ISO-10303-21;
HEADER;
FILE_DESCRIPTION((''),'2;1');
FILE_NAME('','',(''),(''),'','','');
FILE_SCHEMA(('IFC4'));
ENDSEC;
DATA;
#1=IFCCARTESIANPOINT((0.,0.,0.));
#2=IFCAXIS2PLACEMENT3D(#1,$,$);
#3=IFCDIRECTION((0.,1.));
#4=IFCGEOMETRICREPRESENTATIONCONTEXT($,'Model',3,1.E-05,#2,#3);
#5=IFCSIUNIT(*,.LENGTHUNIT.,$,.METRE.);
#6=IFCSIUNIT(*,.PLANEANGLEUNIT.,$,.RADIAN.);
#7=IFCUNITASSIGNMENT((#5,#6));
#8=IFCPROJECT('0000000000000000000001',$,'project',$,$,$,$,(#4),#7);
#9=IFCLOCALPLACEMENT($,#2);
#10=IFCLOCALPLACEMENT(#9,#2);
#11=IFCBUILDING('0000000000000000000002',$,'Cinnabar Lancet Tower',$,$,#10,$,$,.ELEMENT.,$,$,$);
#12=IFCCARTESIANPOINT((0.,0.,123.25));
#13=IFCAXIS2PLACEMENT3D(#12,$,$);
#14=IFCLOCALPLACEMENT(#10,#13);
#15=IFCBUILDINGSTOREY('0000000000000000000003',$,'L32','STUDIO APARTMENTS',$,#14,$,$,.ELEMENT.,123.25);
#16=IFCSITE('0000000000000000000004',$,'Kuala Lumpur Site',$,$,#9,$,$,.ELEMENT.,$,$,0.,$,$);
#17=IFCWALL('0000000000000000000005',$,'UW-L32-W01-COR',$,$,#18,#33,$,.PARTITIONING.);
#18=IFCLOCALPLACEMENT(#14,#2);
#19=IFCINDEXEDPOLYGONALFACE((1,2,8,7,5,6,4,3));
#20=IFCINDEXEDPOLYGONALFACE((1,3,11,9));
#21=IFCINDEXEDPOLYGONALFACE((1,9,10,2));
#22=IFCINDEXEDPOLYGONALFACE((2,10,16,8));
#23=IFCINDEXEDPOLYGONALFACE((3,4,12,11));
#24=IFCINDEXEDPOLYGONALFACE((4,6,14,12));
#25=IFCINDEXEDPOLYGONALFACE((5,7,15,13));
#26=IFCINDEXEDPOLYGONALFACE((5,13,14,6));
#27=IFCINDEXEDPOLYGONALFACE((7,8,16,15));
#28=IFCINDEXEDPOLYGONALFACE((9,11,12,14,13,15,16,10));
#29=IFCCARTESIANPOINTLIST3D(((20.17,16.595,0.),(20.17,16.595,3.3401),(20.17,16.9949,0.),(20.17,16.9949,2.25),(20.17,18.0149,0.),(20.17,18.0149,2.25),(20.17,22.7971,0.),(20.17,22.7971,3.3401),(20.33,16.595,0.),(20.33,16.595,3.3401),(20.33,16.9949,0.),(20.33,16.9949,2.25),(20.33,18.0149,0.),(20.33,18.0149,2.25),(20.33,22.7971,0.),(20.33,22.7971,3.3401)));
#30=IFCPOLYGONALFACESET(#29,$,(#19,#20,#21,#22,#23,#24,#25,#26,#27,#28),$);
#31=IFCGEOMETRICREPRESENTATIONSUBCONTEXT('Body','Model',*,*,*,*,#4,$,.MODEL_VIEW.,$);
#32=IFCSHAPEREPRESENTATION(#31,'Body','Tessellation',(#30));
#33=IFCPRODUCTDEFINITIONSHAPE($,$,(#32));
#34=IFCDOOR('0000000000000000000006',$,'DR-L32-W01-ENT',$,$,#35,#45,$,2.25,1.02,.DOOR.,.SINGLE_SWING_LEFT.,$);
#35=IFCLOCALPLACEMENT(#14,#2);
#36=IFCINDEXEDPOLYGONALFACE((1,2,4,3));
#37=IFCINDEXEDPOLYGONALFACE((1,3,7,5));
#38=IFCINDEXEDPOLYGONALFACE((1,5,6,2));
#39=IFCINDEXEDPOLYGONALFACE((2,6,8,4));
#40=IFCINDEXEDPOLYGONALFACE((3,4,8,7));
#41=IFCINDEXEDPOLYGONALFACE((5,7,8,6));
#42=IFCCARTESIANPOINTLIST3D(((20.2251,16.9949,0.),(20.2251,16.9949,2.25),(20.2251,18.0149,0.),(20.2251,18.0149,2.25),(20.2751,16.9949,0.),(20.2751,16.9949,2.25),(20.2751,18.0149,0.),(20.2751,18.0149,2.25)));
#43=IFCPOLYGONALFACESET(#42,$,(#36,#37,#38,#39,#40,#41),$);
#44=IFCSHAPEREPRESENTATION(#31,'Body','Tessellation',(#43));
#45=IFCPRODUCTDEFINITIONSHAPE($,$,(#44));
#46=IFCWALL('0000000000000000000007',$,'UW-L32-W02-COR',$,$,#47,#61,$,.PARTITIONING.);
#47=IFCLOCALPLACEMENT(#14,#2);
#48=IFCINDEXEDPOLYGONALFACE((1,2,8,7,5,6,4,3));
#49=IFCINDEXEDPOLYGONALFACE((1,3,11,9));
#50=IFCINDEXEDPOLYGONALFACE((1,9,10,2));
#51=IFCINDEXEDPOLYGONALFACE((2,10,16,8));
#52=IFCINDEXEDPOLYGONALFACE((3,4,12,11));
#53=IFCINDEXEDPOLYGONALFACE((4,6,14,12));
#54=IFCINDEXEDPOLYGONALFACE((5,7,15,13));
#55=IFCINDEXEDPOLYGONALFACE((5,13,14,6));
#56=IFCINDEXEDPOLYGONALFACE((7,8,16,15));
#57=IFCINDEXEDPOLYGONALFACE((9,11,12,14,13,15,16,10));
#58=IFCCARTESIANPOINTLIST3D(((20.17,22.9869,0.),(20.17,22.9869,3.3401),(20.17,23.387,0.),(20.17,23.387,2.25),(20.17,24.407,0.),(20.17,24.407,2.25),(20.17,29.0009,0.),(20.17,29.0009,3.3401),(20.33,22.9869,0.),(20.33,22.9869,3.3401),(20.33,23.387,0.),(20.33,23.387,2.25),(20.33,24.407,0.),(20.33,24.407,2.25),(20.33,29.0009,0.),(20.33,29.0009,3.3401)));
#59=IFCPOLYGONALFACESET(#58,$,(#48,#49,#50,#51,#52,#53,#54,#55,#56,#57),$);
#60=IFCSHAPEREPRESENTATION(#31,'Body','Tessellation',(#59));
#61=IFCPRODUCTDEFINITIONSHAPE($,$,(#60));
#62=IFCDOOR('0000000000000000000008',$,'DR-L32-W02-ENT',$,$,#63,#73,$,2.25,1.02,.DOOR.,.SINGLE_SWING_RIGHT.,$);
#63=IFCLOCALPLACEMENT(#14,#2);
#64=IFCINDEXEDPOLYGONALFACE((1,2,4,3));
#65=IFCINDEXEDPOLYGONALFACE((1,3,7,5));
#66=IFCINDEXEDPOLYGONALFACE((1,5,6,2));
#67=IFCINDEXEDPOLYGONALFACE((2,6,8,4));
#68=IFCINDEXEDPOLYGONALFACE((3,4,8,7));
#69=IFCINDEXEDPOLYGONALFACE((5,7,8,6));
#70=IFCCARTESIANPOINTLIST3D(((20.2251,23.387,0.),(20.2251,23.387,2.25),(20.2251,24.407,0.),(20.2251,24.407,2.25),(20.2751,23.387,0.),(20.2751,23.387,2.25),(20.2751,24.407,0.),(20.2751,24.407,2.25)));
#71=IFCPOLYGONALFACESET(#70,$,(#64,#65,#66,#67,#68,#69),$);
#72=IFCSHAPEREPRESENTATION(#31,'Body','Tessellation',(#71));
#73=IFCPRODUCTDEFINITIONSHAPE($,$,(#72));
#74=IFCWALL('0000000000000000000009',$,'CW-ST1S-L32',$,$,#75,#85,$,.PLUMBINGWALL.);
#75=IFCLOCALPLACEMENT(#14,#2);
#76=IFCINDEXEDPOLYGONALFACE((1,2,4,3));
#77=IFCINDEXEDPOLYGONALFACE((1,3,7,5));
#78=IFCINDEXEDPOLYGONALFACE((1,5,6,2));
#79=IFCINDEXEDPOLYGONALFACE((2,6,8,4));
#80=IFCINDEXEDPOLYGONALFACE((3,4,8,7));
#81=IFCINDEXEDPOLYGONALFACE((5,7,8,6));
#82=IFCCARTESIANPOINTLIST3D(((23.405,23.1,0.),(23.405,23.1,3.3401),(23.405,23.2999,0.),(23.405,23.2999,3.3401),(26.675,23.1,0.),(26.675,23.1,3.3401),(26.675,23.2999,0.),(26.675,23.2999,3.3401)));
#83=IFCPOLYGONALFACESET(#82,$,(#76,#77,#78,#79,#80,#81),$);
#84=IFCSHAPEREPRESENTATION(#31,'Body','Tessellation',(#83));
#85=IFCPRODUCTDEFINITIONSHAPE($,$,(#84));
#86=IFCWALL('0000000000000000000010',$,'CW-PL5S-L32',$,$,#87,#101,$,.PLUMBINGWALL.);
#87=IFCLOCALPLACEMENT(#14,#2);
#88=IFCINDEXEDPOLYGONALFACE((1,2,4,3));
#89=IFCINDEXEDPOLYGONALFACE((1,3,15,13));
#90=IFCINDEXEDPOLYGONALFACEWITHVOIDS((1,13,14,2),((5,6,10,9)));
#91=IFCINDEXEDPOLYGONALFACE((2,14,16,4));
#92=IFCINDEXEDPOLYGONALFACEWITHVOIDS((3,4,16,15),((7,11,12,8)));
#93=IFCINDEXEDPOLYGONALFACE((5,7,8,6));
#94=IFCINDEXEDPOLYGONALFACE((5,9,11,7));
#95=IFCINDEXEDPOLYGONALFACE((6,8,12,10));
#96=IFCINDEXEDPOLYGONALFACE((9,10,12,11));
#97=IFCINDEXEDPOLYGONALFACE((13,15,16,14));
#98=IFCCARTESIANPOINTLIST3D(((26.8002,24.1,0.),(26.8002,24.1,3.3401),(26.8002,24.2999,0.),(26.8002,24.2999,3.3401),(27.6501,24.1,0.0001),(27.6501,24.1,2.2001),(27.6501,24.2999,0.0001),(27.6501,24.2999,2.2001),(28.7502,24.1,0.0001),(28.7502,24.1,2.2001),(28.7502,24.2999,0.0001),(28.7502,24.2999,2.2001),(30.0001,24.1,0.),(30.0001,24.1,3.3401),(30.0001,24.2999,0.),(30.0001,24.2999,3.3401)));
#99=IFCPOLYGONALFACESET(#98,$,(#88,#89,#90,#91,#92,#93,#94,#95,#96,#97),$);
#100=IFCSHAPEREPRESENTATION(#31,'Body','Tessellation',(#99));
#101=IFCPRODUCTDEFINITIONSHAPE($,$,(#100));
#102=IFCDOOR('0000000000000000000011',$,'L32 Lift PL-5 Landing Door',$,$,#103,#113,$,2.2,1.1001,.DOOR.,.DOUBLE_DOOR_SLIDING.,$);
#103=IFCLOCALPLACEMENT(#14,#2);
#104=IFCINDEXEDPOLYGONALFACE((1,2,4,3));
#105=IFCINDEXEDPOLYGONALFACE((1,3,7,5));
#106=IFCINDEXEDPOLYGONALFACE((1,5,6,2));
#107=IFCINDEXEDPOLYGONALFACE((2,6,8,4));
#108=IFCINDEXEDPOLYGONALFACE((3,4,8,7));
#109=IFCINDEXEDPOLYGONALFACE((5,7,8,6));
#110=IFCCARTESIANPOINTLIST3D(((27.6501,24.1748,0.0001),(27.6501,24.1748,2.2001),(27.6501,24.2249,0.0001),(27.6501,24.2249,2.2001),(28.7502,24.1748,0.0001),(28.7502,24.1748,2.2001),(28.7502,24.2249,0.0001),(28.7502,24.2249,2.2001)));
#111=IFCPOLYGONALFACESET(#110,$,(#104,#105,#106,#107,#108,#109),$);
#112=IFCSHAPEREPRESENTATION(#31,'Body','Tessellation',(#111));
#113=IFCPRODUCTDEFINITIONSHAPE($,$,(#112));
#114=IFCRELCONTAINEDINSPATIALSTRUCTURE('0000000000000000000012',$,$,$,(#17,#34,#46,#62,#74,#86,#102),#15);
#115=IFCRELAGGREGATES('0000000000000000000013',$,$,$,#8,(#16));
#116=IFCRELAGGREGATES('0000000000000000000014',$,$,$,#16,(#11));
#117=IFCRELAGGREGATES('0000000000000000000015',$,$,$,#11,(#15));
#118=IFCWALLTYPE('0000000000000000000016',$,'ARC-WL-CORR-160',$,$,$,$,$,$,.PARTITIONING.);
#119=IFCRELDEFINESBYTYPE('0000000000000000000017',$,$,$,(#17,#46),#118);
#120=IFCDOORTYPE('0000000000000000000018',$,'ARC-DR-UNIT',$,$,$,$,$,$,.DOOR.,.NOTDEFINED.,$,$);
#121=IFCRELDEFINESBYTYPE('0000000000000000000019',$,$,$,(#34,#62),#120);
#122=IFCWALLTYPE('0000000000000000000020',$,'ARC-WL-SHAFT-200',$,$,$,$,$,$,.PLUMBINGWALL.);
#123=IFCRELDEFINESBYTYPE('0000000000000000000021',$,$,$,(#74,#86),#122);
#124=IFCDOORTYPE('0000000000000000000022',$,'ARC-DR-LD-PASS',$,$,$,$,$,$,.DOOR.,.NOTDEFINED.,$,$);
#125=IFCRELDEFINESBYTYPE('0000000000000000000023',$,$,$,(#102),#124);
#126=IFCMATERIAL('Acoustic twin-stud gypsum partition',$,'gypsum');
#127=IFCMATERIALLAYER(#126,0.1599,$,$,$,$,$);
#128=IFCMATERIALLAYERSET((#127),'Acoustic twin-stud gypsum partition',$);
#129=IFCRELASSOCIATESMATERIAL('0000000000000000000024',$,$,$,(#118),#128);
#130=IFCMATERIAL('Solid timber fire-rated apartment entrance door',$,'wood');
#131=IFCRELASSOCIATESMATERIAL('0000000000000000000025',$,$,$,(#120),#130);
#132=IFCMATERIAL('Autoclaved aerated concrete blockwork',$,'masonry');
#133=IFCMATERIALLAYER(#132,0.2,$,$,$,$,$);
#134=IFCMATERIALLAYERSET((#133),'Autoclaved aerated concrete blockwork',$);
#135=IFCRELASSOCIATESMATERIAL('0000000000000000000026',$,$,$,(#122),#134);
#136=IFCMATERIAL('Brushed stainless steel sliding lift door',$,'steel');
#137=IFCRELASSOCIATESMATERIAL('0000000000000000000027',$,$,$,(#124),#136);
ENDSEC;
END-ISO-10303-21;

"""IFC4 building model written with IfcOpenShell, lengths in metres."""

from ifc_helpers import new_model, si_unit, direction, frame, frame_2d, origin, place, context, subcontext, project, spatial, rectangle, extrude, material, layer, layer_set, type_object, element, fill, save


model = new_model("IFC4")

# Units and contexts
model_context = context("Model", 3, precision=1e-05, world=origin(), true_north=direction((0.0, 1.0)))
body_context = subcontext(model_context, "Body", "Model", "MODEL_VIEW")
ifc_project = project(units=[si_unit("LENGTHUNIT", "METRE"), si_unit("PLANEANGLEUNIT", "RADIAN")], contexts=[model_context])

# Site, building, storey
site_placement = place(None, origin())
site = spatial("IfcSite", under=ifc_project, at=site_placement, Name="Kuala Lumpur Site", CompositionType="ELEMENT", RefElevation=0.0)
building_placement = place(site_placement, origin())
building = spatial("IfcBuilding", under=site, at=building_placement, Name="Cinnabar Lancet Tower", CompositionType="ELEMENT")
storey_placement = place(building_placement, frame((0.0, 0.0, 123.25)))
storey = spatial("IfcBuildingStorey", under=building, at=storey_placement, Name="L32", Description="STUDIO APARTMENTS", CompositionType="ELEMENT", Elevation=123.25)

# Walls, openings, doors
ifc_material_1 = material(Name="Acoustic twin-stud gypsum partition", Category="gypsum")
ifc_layer_1 = layer(ifc_material_1, 0.1599)
ifc_layer_set_1 = layer_set([ifc_layer_1], Name="Acoustic twin-stud gypsum partition")
wall_type_1 = type_object("IfcWallType", Name="ARC-WL-CORR-160", PredefinedType="PARTITIONING", material=ifc_layer_set_1)
wall_1_placement = place(storey_placement, frame((20.25, 16.595, 0.0), z_axis=(0.0, 0.0, 1.0), x_axis=(0.0, 1.0, 0.0)))
wall_1 = element("IfcWall", 1, at=wall_1_placement, inside=storey, type_object=wall_type_1, Name="UW-L32-W01-COR", PredefinedType="PARTITIONING", context=body_context, shape_type="SweptSolid", body=[
    extrude(rectangle(XDim=6.2021, YDim=0.1599, at=frame_2d((3.1011, 0.0))), origin(), (0.0, 0.0, 1.0), 3.3401),
])
opening_1_placement = place(wall_1_placement, frame((0.3999, 0.0, 0.0)))
opening_1 = element("IfcOpeningElement", 2, at=opening_1_placement, cuts=wall_1, PredefinedType="OPENING", context=body_context, shape_type="SweptSolid", body=[
    extrude(rectangle(XDim=1.02, YDim=2.25, at=frame_2d((0.51, 1.125))), frame((0.0, 0.0898, 0.0), z_axis=(0.0, -1.0, 0.0), x_axis=(1.0, 0.0, 0.0)), (0.0, 0.0, 1.0), 0.1799),
])
ifc_material_2 = material(Name="Solid timber fire-rated apartment entrance door", Category="wood")
door_type_1 = type_object("IfcDoorType", Name="ARC-DR-UNIT", OperationType="NOTDEFINED", PredefinedType="DOOR", material=ifc_material_2)
door_1_placement = place(opening_1_placement, origin())
door_1 = element("IfcDoor", 3, at=door_1_placement, inside=storey, type_object=door_type_1, Name="DR-L32-W01-ENT", OperationType="SINGLE_SWING_LEFT", OverallHeight=2.25, OverallWidth=1.02, PredefinedType="DOOR", context=body_context, shape_type="SweptSolid", body=[
    extrude(rectangle(XDim=1.02, YDim=2.25, at=frame_2d((0.51, 1.125))), frame((0.0, 0.0249, 0.0), z_axis=(0.0, -1.0, 0.0), x_axis=(1.0, 0.0, 0.0)), (0.0, 0.0, 1.0), 0.05),
])
fill(opening_1, door_1)
wall_2_placement = place(storey_placement, frame((20.25, 22.9871, 0.0), z_axis=(0.0, 0.0, 1.0), x_axis=(0.0, 1.0, 0.0)))
wall_2 = element("IfcWall", 4, at=wall_2_placement, inside=storey, type_object=wall_type_1, Name="UW-L32-W02-COR", PredefinedType="PARTITIONING", context=body_context, shape_type="SweptSolid", body=[
    extrude(rectangle(XDim=6.0139, YDim=0.1599, at=frame_2d((3.0068, 0.0))), origin(), (0.0, 0.0, 1.0), 3.3401),
])
opening_2_placement = place(wall_2_placement, frame((0.3999, 0.0, 0.0)))
opening_2 = element("IfcOpeningElement", 5, at=opening_2_placement, cuts=wall_2, PredefinedType="OPENING", context=body_context, shape_type="SweptSolid", body=[
    extrude(rectangle(XDim=1.02, YDim=2.25, at=frame_2d((0.51, 1.125))), frame((0.0, 0.0898, 0.0), z_axis=(0.0, -1.0, 0.0), x_axis=(1.0, 0.0, 0.0)), (0.0, 0.0, 1.0), 0.1799),
])
door_2_placement = place(opening_2_placement, origin())
door_2 = element("IfcDoor", 6, at=door_2_placement, inside=storey, type_object=door_type_1, Name="DR-L32-W02-ENT", OperationType="SINGLE_SWING_RIGHT", OverallHeight=2.25, OverallWidth=1.02, PredefinedType="DOOR", context=body_context, shape_type="SweptSolid", body=[
    extrude(rectangle(XDim=1.02, YDim=2.25, at=frame_2d((0.51, 1.125))), frame((0.0, 0.0249, 0.0), z_axis=(0.0, -1.0, 0.0), x_axis=(1.0, 0.0, 0.0)), (0.0, 0.0, 1.0), 0.05),
])
fill(opening_2, door_2)

# Wall
ifc_material_3 = material(Name="Autoclaved aerated concrete blockwork", Category="masonry")
ifc_layer_2 = layer(ifc_material_3, 0.2)
ifc_layer_set_2 = layer_set([ifc_layer_2], Name="Autoclaved aerated concrete blockwork")
wall_type_2 = type_object("IfcWallType", Name="ARC-WL-SHAFT-200", PredefinedType="PLUMBINGWALL", material=ifc_layer_set_2)
wall_3_placement = place(storey_placement, frame((23.405, 23.2, 0.0), z_axis=(0.0, 0.0, 1.0), x_axis=(1.0, 0.0, 0.0)))
element("IfcWall", 7, at=wall_3_placement, inside=storey, type_object=wall_type_2, Name="CW-ST1S-L32", PredefinedType="PLUMBINGWALL", context=body_context, shape_type="SweptSolid", body=[
    extrude(rectangle(XDim=3.27, YDim=0.2, at=frame_2d((1.635, 0.0))), origin(), (0.0, 0.0, 1.0), 3.3401),
])

# Wall, opening, door
wall_4_placement = place(storey_placement, frame((26.8, 24.2, 0.0), z_axis=(0.0, 0.0, 1.0), x_axis=(1.0, 0.0, 0.0)))
wall_4 = element("IfcWall", 8, at=wall_4_placement, inside=storey, type_object=wall_type_2, Name="CW-PL5S-L32", PredefinedType="PLUMBINGWALL", context=body_context, shape_type="SweptSolid", body=[
    extrude(rectangle(XDim=3.2, YDim=0.2, at=frame_2d((1.6001, 0.0))), origin(), (0.0, 0.0, 1.0), 3.3401),
])
opening_3_placement = place(wall_4_placement, frame((0.8501, 0.0, 0.0)))
opening_3 = element("IfcOpeningElement", 9, at=opening_3_placement, cuts=wall_4, PredefinedType="OPENING", context=body_context, shape_type="SweptSolid", body=[
    extrude(rectangle(XDim=1.1001, YDim=2.2, at=frame_2d((0.55, 1.1001))), frame((0.0, 0.1099, 0.0), z_axis=(0.0, -1.0, 0.0), x_axis=(1.0, 0.0, 0.0)), (0.0, 0.0, 1.0), 0.22),
])
ifc_material_4 = material(Name="Brushed stainless steel sliding lift door", Category="steel")
door_type_2 = type_object("IfcDoorType", Name="ARC-DR-LD-PASS", OperationType="NOTDEFINED", PredefinedType="DOOR", material=ifc_material_4)
door_3_placement = place(opening_3_placement, origin())
door_3 = element("IfcDoor", 10, at=door_3_placement, inside=storey, type_object=door_type_2, Name="L32 Lift PL-5 Landing Door", OperationType="DOUBLE_DOOR_SLIDING", OverallHeight=2.2, OverallWidth=1.1001, PredefinedType="DOOR", context=body_context, shape_type="SweptSolid", body=[
    extrude(rectangle(XDim=1.1001, YDim=2.2, at=frame_2d((0.55, 1.1001))), frame((0.0, 0.0249, 0.0), z_axis=(0.0, -1.0, 0.0), x_axis=(1.0, 0.0, 0.0)), (0.0, 0.0, 1.0), 0.05),
])
fill(opening_3, door_3)

save(model, "model.ifc")
